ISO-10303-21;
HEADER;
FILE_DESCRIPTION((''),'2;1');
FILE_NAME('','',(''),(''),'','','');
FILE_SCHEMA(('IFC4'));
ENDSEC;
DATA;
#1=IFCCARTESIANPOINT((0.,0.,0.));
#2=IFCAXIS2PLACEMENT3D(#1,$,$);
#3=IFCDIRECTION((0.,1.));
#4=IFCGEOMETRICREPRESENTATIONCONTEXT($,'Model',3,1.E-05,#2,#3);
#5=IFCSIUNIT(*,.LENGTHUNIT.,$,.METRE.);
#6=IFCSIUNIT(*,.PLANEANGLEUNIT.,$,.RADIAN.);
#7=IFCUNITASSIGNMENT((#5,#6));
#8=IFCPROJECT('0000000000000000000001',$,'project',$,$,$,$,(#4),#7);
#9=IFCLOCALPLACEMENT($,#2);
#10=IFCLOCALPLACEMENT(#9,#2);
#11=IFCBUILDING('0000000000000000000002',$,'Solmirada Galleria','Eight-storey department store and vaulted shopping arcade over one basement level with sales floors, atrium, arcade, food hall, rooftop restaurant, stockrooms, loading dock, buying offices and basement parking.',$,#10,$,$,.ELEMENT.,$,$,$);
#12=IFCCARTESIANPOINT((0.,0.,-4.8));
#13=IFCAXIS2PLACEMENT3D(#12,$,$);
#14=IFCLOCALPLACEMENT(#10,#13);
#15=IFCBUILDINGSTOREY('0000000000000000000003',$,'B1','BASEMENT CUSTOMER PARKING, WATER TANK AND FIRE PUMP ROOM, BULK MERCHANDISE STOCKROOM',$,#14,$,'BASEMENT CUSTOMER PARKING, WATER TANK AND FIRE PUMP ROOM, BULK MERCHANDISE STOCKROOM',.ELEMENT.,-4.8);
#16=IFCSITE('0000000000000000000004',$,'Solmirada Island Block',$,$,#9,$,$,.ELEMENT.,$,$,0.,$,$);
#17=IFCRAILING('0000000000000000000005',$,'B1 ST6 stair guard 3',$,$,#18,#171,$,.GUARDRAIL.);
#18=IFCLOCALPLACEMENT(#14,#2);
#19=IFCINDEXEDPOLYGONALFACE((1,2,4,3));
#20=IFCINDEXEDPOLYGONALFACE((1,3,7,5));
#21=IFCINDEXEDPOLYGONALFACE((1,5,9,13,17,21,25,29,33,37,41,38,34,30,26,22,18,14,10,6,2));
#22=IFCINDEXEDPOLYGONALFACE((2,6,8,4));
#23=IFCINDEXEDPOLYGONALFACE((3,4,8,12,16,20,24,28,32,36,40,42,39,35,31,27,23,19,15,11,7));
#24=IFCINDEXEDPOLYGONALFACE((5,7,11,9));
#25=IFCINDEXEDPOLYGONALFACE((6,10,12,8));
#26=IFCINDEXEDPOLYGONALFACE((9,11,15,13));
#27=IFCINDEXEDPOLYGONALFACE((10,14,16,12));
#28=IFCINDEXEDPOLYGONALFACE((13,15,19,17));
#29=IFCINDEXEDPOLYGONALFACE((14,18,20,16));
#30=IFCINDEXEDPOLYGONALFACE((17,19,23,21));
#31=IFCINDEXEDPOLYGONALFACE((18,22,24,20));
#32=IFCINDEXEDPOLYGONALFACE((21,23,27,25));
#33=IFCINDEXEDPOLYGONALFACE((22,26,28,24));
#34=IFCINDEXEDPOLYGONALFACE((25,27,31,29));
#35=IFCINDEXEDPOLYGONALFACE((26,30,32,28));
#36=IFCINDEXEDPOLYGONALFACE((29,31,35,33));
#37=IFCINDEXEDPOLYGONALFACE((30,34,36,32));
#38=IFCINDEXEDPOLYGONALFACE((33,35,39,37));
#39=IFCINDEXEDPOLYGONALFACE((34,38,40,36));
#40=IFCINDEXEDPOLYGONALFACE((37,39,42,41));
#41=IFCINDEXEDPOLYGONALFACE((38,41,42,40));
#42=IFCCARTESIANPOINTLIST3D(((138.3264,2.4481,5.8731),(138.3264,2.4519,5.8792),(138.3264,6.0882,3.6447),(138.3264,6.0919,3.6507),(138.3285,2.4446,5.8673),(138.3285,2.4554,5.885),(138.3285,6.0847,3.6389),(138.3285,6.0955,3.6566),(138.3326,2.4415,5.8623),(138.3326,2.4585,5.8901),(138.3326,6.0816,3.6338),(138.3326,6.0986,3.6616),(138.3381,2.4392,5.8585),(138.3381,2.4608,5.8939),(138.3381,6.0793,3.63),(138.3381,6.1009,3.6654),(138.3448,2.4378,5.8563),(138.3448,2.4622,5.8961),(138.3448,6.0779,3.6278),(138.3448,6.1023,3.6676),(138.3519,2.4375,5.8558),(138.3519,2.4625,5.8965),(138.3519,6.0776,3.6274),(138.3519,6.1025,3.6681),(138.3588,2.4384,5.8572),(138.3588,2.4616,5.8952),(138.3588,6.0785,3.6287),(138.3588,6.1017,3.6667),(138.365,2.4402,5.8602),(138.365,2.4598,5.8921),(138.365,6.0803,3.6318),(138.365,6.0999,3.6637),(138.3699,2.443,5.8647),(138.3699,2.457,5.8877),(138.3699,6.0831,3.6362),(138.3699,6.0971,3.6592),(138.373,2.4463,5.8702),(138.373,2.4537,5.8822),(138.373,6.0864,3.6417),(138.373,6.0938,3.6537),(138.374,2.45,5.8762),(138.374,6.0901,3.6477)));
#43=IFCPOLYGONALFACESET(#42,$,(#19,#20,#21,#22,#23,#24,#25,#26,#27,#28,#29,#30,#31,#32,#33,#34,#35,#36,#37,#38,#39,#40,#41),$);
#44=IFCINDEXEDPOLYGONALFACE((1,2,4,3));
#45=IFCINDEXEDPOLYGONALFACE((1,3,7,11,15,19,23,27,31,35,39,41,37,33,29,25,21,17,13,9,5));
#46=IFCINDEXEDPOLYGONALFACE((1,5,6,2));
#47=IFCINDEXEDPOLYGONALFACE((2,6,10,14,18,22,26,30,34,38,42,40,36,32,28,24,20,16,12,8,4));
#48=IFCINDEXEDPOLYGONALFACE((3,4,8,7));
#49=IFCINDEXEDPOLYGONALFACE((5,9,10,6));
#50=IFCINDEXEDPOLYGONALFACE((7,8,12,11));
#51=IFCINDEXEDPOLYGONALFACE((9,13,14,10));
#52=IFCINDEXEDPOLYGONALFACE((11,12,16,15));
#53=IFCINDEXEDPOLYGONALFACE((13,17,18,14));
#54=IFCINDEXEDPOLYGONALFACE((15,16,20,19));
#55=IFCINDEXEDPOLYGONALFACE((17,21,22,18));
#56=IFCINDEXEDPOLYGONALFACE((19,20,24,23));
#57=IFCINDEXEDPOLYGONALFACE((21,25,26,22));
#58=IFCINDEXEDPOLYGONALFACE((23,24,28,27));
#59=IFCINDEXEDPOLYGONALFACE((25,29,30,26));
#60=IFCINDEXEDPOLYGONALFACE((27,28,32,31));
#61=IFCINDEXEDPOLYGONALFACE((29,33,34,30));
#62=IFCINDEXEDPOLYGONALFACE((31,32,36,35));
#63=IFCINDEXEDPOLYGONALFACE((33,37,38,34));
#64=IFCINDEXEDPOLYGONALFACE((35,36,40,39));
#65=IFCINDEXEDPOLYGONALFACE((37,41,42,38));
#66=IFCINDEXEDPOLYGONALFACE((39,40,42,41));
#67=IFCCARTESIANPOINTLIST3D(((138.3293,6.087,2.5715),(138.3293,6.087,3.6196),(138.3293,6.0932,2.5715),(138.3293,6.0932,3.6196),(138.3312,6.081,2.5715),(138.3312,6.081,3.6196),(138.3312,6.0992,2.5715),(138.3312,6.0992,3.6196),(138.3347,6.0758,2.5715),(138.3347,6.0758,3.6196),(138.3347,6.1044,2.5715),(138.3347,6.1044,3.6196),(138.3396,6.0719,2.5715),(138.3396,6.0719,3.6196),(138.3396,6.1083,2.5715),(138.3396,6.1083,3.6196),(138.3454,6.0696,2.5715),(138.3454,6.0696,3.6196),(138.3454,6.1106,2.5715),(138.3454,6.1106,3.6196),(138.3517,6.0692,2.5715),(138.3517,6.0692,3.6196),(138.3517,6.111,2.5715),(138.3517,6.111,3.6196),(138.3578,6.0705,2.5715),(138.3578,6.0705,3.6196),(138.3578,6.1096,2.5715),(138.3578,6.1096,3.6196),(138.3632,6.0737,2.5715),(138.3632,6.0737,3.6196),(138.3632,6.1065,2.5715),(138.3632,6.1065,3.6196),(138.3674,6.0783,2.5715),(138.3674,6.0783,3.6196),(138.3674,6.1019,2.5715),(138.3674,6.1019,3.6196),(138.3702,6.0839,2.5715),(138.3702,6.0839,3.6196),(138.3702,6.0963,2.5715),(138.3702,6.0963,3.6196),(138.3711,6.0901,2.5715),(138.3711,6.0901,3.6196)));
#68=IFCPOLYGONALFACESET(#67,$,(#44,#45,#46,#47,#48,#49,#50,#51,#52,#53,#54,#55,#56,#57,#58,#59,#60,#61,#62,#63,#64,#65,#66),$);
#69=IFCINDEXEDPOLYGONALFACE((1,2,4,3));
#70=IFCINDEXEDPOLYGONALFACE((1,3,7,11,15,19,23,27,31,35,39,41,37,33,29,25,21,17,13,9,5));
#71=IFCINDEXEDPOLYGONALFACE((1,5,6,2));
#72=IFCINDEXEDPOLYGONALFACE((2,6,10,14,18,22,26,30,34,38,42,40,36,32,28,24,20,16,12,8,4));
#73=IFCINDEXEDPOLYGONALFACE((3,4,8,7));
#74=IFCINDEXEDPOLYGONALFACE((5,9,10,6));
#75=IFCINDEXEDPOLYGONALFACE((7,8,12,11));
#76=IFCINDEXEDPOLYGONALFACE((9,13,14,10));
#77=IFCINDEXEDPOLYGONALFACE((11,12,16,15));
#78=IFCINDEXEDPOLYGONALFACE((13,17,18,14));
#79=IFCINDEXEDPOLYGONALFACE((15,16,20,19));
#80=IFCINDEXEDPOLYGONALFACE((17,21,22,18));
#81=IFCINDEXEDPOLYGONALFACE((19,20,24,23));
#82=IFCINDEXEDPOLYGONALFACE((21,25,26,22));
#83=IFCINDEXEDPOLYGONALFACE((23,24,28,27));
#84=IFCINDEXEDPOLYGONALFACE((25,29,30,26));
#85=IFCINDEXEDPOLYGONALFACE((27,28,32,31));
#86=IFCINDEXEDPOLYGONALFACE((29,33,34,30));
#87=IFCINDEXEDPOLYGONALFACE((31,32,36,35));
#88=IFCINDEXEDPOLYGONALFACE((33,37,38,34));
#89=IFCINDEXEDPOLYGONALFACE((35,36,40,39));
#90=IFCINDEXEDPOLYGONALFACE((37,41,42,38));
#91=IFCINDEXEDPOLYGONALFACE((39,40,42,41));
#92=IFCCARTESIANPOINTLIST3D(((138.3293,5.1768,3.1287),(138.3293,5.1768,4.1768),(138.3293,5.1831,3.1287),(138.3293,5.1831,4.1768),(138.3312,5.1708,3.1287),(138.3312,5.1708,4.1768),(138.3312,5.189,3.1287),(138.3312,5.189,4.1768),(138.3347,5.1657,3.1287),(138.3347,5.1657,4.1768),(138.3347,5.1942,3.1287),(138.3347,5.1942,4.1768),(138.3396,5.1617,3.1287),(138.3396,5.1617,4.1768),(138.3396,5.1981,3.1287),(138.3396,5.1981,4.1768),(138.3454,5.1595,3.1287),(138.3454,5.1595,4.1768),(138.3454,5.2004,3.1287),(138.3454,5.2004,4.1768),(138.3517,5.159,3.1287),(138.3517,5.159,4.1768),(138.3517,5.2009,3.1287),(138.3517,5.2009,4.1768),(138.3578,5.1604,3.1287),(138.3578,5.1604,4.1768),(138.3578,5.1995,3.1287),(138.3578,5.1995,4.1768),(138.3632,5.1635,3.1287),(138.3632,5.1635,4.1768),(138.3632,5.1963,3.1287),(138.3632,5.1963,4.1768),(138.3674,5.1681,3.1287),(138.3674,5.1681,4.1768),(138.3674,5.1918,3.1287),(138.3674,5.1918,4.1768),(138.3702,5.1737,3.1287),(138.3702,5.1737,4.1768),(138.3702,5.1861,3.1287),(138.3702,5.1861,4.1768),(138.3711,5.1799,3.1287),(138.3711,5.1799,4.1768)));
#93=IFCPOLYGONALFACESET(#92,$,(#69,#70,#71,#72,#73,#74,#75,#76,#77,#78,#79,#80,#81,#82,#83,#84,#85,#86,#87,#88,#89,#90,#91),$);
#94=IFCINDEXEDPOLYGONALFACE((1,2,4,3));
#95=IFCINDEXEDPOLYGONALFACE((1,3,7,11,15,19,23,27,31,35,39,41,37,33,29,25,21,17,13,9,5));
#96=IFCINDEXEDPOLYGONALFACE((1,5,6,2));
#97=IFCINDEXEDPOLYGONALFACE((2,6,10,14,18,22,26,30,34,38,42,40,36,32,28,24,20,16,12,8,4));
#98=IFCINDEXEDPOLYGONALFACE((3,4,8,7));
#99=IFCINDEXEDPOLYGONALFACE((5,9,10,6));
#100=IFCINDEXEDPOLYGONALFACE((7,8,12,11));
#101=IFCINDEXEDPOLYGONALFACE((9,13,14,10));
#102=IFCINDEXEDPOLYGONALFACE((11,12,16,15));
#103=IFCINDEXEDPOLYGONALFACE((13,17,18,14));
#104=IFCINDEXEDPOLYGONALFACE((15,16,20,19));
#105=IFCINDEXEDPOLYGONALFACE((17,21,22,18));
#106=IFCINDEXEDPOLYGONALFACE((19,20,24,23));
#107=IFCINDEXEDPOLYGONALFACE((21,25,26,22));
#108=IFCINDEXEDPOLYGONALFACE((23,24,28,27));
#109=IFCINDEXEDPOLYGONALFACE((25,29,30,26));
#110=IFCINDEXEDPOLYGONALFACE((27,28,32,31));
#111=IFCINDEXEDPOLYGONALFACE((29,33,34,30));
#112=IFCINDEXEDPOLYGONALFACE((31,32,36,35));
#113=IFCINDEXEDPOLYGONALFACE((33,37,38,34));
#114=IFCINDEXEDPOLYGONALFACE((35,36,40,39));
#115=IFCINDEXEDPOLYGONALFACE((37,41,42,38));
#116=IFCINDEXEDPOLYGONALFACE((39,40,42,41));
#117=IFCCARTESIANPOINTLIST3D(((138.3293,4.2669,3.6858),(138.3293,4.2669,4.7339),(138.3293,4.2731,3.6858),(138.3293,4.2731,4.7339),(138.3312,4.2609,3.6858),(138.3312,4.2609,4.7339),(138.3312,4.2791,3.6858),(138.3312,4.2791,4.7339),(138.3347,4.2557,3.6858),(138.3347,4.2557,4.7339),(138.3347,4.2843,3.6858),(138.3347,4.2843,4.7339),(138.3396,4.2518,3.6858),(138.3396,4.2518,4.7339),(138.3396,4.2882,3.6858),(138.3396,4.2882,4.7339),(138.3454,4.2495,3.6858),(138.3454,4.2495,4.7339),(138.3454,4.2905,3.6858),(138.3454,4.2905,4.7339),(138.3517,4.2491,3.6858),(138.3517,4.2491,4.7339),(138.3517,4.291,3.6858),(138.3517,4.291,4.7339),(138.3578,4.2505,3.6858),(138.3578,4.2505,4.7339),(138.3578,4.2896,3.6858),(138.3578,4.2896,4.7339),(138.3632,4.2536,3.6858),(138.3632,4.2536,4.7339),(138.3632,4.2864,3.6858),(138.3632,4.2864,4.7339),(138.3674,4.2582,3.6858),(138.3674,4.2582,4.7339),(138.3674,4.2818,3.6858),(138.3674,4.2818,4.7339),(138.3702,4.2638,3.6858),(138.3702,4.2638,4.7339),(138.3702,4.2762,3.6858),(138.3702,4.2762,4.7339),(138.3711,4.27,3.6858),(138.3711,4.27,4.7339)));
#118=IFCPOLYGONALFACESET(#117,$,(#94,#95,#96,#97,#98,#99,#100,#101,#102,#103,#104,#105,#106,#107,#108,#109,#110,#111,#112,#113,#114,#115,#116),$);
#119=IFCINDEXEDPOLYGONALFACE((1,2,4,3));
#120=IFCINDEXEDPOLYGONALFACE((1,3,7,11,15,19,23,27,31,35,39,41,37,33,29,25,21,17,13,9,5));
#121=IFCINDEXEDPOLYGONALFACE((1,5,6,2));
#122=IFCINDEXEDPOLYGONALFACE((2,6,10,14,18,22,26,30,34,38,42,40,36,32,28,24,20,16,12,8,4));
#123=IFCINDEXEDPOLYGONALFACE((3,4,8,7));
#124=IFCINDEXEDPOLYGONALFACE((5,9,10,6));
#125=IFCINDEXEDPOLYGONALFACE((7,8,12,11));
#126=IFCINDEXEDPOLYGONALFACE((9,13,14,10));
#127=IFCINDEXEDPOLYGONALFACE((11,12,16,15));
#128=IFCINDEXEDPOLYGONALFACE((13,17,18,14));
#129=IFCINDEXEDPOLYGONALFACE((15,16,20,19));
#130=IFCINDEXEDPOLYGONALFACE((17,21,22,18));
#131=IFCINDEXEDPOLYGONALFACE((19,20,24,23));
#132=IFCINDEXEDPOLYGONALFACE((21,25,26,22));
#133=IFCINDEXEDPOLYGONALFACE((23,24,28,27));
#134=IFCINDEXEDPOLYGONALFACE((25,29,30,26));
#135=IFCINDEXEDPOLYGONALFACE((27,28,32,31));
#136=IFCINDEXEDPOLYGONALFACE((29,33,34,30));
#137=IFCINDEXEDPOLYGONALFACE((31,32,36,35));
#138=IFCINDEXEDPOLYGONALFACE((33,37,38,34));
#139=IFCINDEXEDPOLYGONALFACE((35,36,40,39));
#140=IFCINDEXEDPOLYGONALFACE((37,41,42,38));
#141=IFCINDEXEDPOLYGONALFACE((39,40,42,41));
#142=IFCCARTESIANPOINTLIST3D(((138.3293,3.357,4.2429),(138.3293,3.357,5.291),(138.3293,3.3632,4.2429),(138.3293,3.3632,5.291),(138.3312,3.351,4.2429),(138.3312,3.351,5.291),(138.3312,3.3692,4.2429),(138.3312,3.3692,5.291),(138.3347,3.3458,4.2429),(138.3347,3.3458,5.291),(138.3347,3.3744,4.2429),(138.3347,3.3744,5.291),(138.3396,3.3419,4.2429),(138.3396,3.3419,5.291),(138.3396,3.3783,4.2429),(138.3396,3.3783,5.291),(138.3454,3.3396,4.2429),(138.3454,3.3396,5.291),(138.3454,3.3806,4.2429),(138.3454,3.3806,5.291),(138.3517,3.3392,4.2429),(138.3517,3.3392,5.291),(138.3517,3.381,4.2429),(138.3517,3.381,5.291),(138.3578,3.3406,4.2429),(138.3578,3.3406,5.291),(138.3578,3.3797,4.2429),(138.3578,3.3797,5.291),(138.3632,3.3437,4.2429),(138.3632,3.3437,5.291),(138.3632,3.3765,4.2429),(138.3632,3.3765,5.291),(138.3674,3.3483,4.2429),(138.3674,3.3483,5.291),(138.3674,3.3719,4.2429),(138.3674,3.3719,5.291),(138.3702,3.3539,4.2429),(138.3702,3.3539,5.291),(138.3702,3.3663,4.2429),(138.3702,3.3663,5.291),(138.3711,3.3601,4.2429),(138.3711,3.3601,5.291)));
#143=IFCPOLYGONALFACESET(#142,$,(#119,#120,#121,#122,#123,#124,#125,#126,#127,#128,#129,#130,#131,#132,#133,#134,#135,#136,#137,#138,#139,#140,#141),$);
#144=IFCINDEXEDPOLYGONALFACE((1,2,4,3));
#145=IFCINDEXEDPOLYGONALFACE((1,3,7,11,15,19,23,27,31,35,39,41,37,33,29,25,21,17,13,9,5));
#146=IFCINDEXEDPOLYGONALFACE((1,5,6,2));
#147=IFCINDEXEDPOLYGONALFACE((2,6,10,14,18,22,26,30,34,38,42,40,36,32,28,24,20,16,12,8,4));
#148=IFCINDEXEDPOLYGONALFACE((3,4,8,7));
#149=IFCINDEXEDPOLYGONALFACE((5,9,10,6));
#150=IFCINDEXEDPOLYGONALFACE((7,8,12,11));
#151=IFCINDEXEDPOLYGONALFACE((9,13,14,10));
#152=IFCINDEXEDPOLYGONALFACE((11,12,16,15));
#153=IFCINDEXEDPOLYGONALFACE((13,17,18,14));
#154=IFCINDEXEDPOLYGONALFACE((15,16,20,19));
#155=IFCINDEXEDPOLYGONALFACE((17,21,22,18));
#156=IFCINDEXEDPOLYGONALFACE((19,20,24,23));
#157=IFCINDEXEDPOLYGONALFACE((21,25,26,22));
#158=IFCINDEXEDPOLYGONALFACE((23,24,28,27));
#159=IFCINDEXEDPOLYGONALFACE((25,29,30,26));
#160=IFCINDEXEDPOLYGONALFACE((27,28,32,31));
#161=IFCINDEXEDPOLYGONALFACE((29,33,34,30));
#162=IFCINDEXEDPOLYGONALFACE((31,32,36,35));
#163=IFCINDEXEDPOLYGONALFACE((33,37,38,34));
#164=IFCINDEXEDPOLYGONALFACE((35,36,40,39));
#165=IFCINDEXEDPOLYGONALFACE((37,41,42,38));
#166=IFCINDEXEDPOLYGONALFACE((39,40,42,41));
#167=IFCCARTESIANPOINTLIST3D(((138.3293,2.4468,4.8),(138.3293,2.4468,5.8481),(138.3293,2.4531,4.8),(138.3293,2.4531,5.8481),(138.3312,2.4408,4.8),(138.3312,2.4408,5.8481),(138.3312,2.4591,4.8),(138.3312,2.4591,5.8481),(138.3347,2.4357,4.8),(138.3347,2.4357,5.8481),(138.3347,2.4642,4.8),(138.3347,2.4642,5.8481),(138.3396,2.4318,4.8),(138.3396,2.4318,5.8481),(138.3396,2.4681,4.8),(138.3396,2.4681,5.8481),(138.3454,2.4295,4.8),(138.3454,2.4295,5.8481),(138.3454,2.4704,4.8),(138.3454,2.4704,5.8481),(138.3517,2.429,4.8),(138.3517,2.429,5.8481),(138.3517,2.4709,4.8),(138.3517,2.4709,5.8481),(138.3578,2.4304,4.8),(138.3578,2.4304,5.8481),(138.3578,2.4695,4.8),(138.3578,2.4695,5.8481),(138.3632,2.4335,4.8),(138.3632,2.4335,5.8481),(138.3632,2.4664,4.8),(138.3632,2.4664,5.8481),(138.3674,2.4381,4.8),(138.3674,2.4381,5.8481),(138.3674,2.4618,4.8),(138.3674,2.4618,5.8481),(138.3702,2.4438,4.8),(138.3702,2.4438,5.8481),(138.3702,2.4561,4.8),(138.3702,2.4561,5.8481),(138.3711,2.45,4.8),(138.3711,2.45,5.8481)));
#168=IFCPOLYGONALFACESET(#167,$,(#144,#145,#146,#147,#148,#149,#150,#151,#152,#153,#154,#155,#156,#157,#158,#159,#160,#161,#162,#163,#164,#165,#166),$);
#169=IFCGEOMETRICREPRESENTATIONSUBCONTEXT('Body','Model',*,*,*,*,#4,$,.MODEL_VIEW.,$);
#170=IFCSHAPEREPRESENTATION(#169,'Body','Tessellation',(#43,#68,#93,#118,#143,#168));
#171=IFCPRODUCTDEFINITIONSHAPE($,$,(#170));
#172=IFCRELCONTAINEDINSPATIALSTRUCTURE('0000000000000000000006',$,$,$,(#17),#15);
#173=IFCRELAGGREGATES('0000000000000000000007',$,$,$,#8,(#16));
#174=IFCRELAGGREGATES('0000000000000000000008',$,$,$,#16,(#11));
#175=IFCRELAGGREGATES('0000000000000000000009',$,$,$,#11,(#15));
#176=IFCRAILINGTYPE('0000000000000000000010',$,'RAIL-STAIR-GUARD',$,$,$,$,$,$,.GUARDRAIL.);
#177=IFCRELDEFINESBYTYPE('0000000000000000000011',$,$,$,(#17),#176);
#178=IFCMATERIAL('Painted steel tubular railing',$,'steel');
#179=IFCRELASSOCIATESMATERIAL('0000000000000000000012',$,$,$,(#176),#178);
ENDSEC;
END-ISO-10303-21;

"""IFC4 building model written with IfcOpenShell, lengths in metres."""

from ifc_helpers import new_model, si_unit, direction, frame, origin, origin_2d, place, context, subcontext, project, spatial, circle, extrude, material, type_object, element, save


model = new_model("IFC4")

# Units and contexts
model_context = context("Model", 3, precision=1e-05, world=origin(), true_north=direction((0.0, 1.0)))
body_context = subcontext(model_context, "Body", "Model", "MODEL_VIEW")
ifc_project = project(units=[si_unit("LENGTHUNIT", "METRE"), si_unit("PLANEANGLEUNIT", "RADIAN")], contexts=[model_context])

# Site, building, storey
site_placement = place(None, origin())
site = spatial("IfcSite", under=ifc_project, at=site_placement, Name="Solmirada Island Block", CompositionType="ELEMENT", RefElevation=0.0)
building_placement = place(site_placement, origin())
building = spatial("IfcBuilding", under=site, at=building_placement, Name="Solmirada Galleria", Description="Eight-storey department store and vaulted shopping arcade over one basement level with sales floors, atrium, arcade, food hall, rooftop restaurant, stockrooms, loading dock, buying offices and basement parking.", CompositionType="ELEMENT")
storey_placement = place(building_placement, frame((0.0, 0.0, -4.8)))
storey = spatial("IfcBuildingStorey", under=building, at=storey_placement, Name="B1", Description="BASEMENT CUSTOMER PARKING, WATER TANK AND FIRE PUMP ROOM, BULK MERCHANDISE STOCKROOM", LongName="BASEMENT CUSTOMER PARKING, WATER TANK AND FIRE PUMP ROOM, BULK MERCHANDISE STOCKROOM", CompositionType="ELEMENT", Elevation=-4.8)

# Railing
ifc_material_1 = material(Name="Painted steel tubular railing", Category="steel")
railing_type_1 = type_object("IfcRailingType", Name="RAIL-STAIR-GUARD", PredefinedType="GUARDRAIL", material=ifc_material_1)
railing_1_placement = place(storey_placement, frame((138.3501, 6.0901, 2.5715)))
element("IfcRailing", 1, at=railing_1_placement, inside=storey, type_object=railing_type_1, Name="B1 ST6 stair guard 3", PredefinedType="GUARDRAIL", context=body_context, shape_type="SweptSolid", body=[
    extrude(circle(Radius=0.0239, at=origin_2d()), frame((0.0, 0.0, 1.0762), z_axis=(0.0, -0.852866, 0.52213), x_axis=(1.0, 0.0, 0.0)), (0.0, 0.0, 1.0), 4.2681),
    extrude(circle(Radius=0.021, at=origin_2d()), origin(), (0.0, 0.0, 1.0), 1.0481),
    extrude(circle(Radius=0.021, at=origin_2d()), frame((0.0, -0.9102, 0.5571)), (0.0, 0.0, 1.0), 1.0481),
    extrude(circle(Radius=0.021, at=origin_2d()), frame((0.0, -1.8201, 1.1143)), (0.0, 0.0, 1.0), 1.0481),
    extrude(circle(Radius=0.021, at=origin_2d()), frame((0.0, -2.73, 1.6714)), (0.0, 0.0, 1.0), 1.0481),
    extrude(circle(Radius=0.021, at=origin_2d()), frame((0.0, -3.6401, 2.2285)), (0.0, 0.0, 1.0), 1.0481),
])

save(model, "model.ifc")
